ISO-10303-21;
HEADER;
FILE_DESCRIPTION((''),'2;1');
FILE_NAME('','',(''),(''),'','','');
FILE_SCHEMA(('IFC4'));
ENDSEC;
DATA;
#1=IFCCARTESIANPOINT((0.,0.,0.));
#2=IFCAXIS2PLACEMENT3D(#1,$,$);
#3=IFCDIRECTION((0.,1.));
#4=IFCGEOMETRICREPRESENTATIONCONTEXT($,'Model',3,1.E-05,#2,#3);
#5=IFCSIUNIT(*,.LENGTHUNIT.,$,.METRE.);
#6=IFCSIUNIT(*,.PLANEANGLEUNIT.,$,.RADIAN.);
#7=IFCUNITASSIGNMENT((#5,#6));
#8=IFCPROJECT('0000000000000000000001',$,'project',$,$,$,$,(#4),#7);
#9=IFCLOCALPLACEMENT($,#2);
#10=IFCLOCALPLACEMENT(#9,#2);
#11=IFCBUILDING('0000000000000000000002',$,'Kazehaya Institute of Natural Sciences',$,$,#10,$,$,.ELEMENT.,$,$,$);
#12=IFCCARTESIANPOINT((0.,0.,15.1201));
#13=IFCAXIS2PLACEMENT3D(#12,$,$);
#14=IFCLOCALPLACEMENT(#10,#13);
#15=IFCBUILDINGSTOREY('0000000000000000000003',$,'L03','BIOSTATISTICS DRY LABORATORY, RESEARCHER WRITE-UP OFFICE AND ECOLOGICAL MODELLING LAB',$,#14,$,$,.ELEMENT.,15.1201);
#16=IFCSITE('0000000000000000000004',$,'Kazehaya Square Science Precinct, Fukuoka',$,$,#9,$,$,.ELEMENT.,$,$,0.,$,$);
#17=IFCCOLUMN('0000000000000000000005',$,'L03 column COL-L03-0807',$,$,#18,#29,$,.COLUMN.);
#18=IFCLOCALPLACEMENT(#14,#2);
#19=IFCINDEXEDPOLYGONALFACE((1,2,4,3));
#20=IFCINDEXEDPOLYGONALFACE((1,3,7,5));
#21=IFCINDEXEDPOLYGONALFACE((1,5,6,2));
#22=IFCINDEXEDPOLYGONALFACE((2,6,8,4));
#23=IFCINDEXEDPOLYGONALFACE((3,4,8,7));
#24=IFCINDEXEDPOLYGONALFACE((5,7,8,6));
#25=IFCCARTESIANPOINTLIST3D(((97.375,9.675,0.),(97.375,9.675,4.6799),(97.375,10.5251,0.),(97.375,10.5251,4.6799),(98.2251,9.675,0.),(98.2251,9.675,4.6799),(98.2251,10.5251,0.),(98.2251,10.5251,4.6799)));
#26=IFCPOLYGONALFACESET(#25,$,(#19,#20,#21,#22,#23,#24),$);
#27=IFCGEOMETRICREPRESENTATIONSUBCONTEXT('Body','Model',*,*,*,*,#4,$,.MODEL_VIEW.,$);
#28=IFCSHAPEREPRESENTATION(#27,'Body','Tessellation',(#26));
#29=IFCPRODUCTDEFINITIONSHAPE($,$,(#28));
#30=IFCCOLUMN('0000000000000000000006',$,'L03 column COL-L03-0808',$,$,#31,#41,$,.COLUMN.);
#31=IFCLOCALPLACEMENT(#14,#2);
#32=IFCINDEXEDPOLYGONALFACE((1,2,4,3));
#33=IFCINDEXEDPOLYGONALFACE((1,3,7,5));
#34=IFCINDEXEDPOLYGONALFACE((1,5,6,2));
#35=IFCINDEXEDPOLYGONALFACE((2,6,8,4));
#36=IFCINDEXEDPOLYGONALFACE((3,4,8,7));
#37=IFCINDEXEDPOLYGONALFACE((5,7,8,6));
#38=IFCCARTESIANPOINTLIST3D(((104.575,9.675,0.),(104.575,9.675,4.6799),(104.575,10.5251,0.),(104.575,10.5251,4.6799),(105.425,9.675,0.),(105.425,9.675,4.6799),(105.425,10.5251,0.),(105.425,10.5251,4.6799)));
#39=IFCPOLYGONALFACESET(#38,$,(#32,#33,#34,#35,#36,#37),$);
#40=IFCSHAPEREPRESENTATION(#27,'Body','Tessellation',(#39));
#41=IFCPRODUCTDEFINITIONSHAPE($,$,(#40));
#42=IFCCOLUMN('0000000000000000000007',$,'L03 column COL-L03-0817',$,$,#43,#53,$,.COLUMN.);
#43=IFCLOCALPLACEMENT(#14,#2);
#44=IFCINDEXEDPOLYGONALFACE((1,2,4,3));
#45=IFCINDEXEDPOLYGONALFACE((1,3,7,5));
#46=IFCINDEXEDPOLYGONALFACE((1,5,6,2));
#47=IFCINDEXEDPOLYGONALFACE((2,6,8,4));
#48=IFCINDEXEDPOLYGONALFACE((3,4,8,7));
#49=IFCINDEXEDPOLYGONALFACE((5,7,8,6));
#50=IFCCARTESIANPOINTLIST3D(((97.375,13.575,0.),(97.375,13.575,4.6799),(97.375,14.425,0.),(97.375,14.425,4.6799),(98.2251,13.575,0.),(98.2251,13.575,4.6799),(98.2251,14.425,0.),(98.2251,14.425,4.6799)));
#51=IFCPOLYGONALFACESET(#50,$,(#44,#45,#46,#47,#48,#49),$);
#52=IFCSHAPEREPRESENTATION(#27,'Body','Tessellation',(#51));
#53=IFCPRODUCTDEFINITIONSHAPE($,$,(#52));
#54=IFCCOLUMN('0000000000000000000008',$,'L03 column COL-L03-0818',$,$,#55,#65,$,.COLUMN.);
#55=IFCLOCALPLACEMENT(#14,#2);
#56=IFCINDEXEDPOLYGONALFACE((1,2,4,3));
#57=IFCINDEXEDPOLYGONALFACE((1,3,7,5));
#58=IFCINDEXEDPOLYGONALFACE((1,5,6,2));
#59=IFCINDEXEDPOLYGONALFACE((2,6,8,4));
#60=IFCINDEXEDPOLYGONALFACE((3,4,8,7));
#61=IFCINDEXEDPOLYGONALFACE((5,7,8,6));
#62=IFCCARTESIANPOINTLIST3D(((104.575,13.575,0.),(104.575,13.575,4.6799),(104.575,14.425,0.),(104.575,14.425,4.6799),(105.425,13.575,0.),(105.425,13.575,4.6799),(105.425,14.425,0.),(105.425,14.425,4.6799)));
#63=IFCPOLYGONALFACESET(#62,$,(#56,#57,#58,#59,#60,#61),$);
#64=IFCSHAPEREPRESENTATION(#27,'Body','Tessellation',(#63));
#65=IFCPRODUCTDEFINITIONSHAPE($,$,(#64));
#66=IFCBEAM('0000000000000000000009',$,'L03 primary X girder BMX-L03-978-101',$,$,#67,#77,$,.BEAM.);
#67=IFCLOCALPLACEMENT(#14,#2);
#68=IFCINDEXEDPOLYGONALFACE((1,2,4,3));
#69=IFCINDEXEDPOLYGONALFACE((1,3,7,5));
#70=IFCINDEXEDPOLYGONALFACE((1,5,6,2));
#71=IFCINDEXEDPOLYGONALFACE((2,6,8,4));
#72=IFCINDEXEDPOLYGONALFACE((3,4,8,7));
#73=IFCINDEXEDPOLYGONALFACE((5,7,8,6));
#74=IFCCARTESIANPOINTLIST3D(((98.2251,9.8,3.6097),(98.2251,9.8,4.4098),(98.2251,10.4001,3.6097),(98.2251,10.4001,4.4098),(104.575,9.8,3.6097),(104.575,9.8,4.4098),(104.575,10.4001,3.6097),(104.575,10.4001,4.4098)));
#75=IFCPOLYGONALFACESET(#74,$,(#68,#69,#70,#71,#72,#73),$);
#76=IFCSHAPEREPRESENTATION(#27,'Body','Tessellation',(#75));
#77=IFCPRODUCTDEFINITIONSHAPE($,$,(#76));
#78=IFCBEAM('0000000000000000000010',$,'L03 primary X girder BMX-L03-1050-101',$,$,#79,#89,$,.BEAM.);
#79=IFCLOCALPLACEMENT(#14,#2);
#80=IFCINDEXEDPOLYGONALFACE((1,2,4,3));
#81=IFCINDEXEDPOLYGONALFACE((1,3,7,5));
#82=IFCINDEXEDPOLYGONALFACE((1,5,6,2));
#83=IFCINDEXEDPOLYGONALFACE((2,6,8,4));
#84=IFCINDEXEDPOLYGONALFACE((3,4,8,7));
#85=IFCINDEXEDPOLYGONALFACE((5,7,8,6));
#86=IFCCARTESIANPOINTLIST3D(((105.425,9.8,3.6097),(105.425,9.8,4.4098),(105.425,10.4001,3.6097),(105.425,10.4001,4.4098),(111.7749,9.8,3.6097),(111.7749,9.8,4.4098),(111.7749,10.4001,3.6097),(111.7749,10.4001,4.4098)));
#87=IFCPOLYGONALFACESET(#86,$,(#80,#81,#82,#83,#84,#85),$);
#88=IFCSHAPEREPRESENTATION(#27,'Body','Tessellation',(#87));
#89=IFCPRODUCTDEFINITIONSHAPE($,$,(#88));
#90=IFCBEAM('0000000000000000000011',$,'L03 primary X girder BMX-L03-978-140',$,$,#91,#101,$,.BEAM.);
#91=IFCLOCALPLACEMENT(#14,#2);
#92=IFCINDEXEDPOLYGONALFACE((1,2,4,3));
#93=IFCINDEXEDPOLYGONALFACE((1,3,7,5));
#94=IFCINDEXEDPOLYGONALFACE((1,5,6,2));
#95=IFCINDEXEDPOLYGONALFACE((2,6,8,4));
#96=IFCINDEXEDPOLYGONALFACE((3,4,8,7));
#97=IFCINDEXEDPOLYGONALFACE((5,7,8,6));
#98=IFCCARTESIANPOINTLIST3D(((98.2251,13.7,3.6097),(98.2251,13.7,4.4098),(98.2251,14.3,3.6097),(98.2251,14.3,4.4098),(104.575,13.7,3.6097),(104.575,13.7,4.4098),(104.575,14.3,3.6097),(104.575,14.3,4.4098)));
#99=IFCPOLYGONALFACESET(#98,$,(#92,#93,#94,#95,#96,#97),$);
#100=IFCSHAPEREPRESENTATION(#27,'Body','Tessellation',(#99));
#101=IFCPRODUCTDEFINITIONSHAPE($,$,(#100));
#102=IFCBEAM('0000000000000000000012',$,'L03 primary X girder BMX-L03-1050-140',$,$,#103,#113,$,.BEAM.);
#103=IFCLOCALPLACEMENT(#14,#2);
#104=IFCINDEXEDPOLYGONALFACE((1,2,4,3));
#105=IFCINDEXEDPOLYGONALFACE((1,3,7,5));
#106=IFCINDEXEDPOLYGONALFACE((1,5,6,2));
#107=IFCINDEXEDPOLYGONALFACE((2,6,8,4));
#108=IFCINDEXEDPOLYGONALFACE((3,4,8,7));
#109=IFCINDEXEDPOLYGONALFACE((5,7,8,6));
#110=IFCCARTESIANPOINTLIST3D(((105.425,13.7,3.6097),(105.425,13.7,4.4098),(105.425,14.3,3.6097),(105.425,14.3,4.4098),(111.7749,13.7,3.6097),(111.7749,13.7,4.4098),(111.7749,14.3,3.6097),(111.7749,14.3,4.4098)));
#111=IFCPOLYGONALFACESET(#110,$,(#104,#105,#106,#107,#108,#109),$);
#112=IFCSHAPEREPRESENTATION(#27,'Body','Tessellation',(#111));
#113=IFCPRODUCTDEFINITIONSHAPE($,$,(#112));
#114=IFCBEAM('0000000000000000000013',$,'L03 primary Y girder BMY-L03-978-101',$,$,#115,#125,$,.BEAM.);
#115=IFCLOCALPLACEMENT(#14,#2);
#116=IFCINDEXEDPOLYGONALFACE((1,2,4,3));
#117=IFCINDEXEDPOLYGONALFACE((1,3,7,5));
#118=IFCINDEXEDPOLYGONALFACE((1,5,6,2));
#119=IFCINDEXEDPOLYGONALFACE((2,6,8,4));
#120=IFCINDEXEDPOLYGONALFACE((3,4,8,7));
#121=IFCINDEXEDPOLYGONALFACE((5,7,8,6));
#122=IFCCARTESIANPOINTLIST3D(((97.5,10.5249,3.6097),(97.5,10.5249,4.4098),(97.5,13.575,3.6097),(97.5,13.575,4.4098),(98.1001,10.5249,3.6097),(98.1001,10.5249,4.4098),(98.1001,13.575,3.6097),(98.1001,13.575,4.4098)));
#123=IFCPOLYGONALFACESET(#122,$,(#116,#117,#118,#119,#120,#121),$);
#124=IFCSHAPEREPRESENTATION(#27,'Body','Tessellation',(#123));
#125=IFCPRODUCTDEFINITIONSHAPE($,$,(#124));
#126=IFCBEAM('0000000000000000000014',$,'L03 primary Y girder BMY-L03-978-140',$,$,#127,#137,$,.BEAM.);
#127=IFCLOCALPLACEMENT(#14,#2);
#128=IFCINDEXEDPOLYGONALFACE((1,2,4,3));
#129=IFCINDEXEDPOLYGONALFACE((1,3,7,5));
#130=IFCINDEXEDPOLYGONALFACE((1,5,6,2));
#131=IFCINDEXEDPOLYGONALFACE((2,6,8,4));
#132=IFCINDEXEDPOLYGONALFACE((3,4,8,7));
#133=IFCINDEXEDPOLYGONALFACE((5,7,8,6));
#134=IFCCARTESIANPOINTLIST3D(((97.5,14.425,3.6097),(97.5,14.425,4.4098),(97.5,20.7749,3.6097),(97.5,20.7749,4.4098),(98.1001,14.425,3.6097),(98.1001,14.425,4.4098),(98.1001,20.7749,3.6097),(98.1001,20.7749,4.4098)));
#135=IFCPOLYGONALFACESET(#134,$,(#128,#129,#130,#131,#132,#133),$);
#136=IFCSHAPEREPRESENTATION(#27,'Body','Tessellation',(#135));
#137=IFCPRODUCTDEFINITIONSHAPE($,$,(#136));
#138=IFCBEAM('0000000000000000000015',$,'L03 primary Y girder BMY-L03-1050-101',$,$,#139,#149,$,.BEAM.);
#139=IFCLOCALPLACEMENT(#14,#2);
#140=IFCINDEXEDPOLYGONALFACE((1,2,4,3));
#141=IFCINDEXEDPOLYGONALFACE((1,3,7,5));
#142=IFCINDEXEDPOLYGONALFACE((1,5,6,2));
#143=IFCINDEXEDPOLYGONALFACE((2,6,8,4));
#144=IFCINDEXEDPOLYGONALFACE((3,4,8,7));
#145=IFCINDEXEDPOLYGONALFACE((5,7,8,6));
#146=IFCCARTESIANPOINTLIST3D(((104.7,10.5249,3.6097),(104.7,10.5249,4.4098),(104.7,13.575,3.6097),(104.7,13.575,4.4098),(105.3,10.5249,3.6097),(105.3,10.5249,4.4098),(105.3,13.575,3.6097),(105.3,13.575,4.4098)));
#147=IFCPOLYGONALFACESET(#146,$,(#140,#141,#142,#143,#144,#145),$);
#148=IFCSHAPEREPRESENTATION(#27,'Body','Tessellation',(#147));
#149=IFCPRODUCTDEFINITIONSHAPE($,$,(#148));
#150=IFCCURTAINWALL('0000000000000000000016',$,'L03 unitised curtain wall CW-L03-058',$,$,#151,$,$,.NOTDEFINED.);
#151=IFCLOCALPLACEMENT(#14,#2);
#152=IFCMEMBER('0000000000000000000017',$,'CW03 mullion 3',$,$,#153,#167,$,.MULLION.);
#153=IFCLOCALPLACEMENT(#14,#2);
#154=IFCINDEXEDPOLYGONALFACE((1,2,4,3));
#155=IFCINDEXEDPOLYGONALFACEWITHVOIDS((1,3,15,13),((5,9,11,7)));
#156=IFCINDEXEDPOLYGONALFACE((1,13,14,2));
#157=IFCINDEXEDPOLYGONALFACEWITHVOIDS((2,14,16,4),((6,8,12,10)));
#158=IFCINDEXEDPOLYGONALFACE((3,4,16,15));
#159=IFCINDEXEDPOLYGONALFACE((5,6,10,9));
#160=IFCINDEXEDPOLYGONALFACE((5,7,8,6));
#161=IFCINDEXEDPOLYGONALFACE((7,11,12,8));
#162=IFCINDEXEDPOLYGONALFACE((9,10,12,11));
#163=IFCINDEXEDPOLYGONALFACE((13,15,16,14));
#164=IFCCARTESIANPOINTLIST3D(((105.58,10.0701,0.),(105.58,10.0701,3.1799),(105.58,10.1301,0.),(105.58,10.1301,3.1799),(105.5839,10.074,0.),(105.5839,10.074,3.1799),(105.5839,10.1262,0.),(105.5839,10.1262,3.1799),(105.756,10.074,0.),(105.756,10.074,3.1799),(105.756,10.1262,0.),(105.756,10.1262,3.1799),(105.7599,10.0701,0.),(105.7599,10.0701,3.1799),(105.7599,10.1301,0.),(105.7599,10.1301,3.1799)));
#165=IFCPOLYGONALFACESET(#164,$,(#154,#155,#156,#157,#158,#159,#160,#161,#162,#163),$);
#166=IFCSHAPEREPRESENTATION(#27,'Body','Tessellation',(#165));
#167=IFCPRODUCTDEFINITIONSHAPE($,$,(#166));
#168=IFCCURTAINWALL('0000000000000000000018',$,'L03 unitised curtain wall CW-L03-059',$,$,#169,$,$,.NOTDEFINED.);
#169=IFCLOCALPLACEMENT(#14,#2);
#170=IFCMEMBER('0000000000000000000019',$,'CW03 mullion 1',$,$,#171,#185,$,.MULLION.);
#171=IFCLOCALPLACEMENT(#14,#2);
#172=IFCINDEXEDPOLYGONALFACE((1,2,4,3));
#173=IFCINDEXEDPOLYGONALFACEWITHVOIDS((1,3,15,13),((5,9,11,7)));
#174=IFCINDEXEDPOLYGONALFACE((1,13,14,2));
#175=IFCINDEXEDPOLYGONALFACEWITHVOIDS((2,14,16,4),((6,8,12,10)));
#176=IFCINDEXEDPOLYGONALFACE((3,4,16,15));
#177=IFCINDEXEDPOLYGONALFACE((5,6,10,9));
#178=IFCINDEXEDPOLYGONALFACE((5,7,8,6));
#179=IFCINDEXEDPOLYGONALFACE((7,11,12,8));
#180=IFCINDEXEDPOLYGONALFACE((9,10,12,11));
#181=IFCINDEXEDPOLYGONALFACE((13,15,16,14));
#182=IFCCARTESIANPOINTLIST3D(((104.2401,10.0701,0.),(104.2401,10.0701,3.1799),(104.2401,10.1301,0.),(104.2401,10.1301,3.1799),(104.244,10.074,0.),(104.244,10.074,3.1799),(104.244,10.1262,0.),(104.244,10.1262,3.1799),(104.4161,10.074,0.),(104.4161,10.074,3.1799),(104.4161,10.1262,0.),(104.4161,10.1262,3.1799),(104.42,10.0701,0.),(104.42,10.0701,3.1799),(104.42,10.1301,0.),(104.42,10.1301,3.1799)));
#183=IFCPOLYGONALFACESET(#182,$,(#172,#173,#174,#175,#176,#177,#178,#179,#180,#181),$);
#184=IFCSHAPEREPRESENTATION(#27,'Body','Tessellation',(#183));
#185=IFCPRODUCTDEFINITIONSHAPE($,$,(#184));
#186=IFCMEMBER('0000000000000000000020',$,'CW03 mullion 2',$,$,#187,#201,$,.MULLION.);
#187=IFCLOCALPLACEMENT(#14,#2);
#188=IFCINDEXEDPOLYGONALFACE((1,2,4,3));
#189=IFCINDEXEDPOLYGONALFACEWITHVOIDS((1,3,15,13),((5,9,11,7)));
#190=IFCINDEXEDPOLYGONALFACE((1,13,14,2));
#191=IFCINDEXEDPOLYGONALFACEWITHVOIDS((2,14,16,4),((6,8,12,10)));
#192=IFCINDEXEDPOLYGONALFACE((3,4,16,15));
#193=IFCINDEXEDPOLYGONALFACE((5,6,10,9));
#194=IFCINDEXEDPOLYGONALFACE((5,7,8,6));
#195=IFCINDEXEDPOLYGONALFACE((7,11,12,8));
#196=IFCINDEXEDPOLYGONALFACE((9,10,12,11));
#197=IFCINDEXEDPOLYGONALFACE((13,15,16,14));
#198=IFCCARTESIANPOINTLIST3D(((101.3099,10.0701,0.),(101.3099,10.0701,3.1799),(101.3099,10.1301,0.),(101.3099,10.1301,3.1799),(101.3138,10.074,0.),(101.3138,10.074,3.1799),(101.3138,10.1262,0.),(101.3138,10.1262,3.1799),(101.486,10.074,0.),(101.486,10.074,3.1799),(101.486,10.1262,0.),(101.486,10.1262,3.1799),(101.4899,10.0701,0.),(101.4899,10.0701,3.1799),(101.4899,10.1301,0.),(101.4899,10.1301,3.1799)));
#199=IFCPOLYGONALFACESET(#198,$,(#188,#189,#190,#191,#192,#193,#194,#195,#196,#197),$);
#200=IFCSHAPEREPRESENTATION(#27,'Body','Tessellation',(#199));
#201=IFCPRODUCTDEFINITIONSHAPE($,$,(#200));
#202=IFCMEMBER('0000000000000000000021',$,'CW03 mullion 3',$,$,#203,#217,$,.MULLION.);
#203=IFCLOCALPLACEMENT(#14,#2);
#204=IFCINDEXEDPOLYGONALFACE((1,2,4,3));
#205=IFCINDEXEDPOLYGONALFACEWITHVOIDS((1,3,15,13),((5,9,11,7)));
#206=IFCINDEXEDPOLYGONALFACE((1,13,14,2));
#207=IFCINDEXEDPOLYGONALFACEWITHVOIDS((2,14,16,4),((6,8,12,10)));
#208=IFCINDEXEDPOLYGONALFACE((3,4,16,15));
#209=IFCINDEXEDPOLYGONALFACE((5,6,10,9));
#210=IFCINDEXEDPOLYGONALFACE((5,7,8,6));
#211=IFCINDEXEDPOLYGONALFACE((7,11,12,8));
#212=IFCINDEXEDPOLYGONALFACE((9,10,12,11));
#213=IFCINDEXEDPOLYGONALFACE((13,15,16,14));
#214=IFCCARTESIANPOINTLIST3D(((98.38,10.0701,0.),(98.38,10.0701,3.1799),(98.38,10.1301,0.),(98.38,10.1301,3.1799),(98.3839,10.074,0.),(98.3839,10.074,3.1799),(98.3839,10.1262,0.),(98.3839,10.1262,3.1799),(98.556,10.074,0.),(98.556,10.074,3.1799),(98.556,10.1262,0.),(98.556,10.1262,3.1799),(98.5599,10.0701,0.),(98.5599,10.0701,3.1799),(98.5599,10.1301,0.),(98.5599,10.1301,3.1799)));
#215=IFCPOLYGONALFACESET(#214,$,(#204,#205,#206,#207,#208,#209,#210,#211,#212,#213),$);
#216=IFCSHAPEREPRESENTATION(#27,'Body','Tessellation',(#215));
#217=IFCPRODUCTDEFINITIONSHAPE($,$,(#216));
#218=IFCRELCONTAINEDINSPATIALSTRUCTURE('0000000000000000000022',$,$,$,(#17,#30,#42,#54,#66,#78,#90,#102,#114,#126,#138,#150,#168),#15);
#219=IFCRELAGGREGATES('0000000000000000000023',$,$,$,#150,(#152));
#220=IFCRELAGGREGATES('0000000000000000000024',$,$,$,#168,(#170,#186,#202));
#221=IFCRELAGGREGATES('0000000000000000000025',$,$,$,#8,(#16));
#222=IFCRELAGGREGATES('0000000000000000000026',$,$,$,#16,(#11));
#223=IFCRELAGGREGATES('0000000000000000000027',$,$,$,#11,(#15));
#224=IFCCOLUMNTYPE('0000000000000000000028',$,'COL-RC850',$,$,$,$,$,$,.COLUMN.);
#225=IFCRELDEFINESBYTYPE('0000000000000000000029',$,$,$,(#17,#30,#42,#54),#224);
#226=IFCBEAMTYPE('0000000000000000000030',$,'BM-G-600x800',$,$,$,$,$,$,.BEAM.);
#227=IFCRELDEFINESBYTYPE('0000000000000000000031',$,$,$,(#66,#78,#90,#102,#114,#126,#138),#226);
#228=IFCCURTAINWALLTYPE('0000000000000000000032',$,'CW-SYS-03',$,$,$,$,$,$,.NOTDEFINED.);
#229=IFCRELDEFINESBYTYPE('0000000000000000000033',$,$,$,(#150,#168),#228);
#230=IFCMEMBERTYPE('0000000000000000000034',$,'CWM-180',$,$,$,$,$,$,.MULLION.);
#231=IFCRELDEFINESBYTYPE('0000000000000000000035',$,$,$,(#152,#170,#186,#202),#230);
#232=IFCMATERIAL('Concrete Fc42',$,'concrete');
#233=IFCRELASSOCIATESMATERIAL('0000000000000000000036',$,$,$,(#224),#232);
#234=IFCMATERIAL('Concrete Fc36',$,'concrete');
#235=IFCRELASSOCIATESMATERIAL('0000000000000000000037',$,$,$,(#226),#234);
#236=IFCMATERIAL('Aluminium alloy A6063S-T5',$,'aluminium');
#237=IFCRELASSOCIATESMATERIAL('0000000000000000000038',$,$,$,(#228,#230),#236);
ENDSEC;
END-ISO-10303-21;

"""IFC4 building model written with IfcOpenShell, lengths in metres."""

from ifc_helpers import new_model, si_unit, direction, frame, origin, origin_2d, place, context, subcontext, project, spatial, rectangle, hollow_rectangle, extrude, material, material_profile, profile_set, type_object, element, aggregate, save


model = new_model("IFC4")

# Units and contexts
model_context = context("Model", 3, precision=1e-05, world=origin(), true_north=direction((0.0, 1.0)))
body_context = subcontext(model_context, "Body", "Model", "MODEL_VIEW")
ifc_project = project(units=[si_unit("LENGTHUNIT", "METRE"), si_unit("PLANEANGLEUNIT", "RADIAN")], contexts=[model_context])

# Site, building, storey
site_placement = place(None, origin())
site = spatial("IfcSite", under=ifc_project, at=site_placement, Name="Kazehaya Square Science Precinct, Fukuoka", CompositionType="ELEMENT", RefElevation=0.0)
building_placement = place(site_placement, origin())
building = spatial("IfcBuilding", under=site, at=building_placement, Name="Kazehaya Institute of Natural Sciences", CompositionType="ELEMENT")
storey_placement = place(building_placement, frame((0.0, 0.0, 15.1201)))
storey = spatial("IfcBuildingStorey", under=building, at=storey_placement, Name="L03", Description="BIOSTATISTICS DRY LABORATORY, RESEARCHER WRITE-UP OFFICE AND ECOLOGICAL MODELLING LAB", CompositionType="ELEMENT", Elevation=15.1201)

# Columns
ifc_material_1 = material(Name="Concrete Fc42", Category="concrete")
ifc_material_profile_1 = material_profile(ifc_material_1, rectangle(XDim=0.8501, YDim=0.8501, at=origin_2d()), Name="RC-850x850")
ifc_profile_set_1 = profile_set([ifc_material_profile_1], Name="Concrete Fc42")
column_type = type_object("IfcColumnType", Name="COL-RC850", PredefinedType="COLUMN", material=ifc_profile_set_1)
for number, where, z_axis, x_axis, name in (
    (1, (97.8, 10.1001, 0.0), (0.0, 0.0, 1.0), (1.0, 0.0, 0.0), "L03 column COL-L03-0807"),
    (2, (105.0, 10.1001, 0.0), (0.0, 0.0, 1.0), (1.0, 0.0, 0.0), "L03 column COL-L03-0808"),
    (3, (97.8, 14.0, 0.0), (0.0, 0.0, 1.0), (1.0, 0.0, 0.0), "L03 column COL-L03-0817"),
    (4, (105.0, 14.0, 0.0), (0.0, 0.0, 1.0), (1.0, 0.0, 0.0), "L03 column COL-L03-0818"),
):
    element("IfcColumn", number, at=place(storey_placement, frame(where, z_axis=z_axis, x_axis=x_axis)), inside=storey, type_object=column_type, Name=name, PredefinedType="COLUMN", context=body_context, shape_type="SweptSolid", body=[
        extrude(rectangle(XDim=0.8501, YDim=0.8501, at=origin_2d()), origin(), (0.0, 0.0, 1.0), 4.6799),
    ])

# Beams
ifc_material_2 = material(Name="Concrete Fc36", Category="concrete")
ifc_material_profile_2 = material_profile(ifc_material_2, rectangle(XDim=0.6001, YDim=0.8, at=origin_2d()), Name="RC-600x800")
ifc_profile_set_2 = profile_set([ifc_material_profile_2], Name="Concrete Fc36")
beam_type = type_object("IfcBeamType", Name="BM-G-600x800", PredefinedType="BEAM", material=ifc_profile_set_2)
for number, where, z_axis, x_axis, name in (
    (5, (98.2251, 10.1001, 4.0098), (1.0, 0.0, 0.0), (0.0, 1.0, 0.0), "L03 primary X girder BMX-L03-978-101"),
    (6, (105.425, 10.1001, 4.0098), (1.0, 0.0, 0.0), (0.0, 1.0, 0.0), "L03 primary X girder BMX-L03-1050-101"),
    (7, (98.2251, 14.0, 4.0098), (1.0, 0.0, 0.0), (0.0, 1.0, 0.0), "L03 primary X girder BMX-L03-978-140"),
    (8, (105.425, 14.0, 4.0098), (1.0, 0.0, 0.0), (0.0, 1.0, 0.0), "L03 primary X girder BMX-L03-1050-140"),
):
    element("IfcBeam", number, at=place(storey_placement, frame(where, z_axis=z_axis, x_axis=x_axis)), inside=storey, type_object=beam_type, Name=name, PredefinedType="BEAM", context=body_context, shape_type="SweptSolid", body=[
        extrude(rectangle(XDim=0.6001, YDim=0.8, at=origin_2d()), origin(), (0.0, 0.0, 1.0), 6.3499),
    ])
beam_1_placement = place(storey_placement, frame((97.8, 10.5249, 4.0098), z_axis=(0.0, 1.0, 0.0), x_axis=(-1.0, 0.0, 0.0)))
element("IfcBeam", 9, at=beam_1_placement, inside=storey, type_object=beam_type, Name="L03 primary Y girder BMY-L03-978-101", PredefinedType="BEAM", context=body_context, shape_type="SweptSolid", body=[
    extrude(rectangle(XDim=0.6001, YDim=0.8, at=origin_2d()), origin(), (0.0, 0.0, 1.0), 3.05),
])
beam_2_placement = place(storey_placement, frame((97.8, 14.425, 4.0098), z_axis=(0.0, 1.0, 0.0), x_axis=(-1.0, 0.0, 0.0)))
element("IfcBeam", 10, at=beam_2_placement, inside=storey, type_object=beam_type, Name="L03 primary Y girder BMY-L03-978-140", PredefinedType="BEAM", context=body_context, shape_type="SweptSolid", body=[
    extrude(rectangle(XDim=0.6001, YDim=0.8, at=origin_2d()), origin(), (0.0, 0.0, 1.0), 6.3499),
])
beam_3_placement = place(storey_placement, frame((105.0, 10.5249, 4.0098), z_axis=(0.0, 1.0, 0.0), x_axis=(-1.0, 0.0, 0.0)))
element("IfcBeam", 11, at=beam_3_placement, inside=storey, type_object=beam_type, Name="L03 primary Y girder BMY-L03-1050-101", PredefinedType="BEAM", context=body_context, shape_type="SweptSolid", body=[
    extrude(rectangle(XDim=0.6001, YDim=0.8, at=origin_2d()), origin(), (0.0, 0.0, 1.0), 3.05),
])

# Curtain wall, member
ifc_material_3 = material(Name="Aluminium alloy A6063S-T5", Category="aluminium")
curtain_wall_type = type_object("IfcCurtainWallType", Name="CW-SYS-03", PredefinedType="NOTDEFINED", material=ifc_material_3)
curtain_wall_1_placement = place(storey_placement, origin())
curtain_wall_1 = element("IfcCurtainWall", 12, at=curtain_wall_1_placement, inside=storey, type_object=curtain_wall_type, Name="L03 unitised curtain wall CW-L03-058", PredefinedType="NOTDEFINED")
ifc_material_profile_3 = material_profile(ifc_material_3, hollow_rectangle(XDim=0.0601, YDim=0.1799, WallThickness=0.0039, at=origin_2d()), Name="ALU-60x180x4")
ifc_profile_set_3 = profile_set([ifc_material_profile_3], Name="Aluminium alloy A6063S-T5")
member_type_1 = type_object("IfcMemberType", Name="CWM-180", PredefinedType="MULLION", material=ifc_profile_set_3)
member_1_placement = place(storey_placement, frame((105.6699, 10.1001, 0.0), z_axis=(0.0, 0.0, 1.0), x_axis=(0.0, -1.0, 0.0)))
member_1 = element("IfcMember", 13, at=member_1_placement, type_object=member_type_1, Name="CW03 mullion 3", PredefinedType="MULLION", context=body_context, shape_type="SweptSolid", body=[
    extrude(hollow_rectangle(XDim=0.0601, YDim=0.1799, WallThickness=0.0039, at=origin_2d()), origin(), (0.0, 0.0, 1.0), 3.1799),
])
aggregate(curtain_wall_1, [member_1])

# Curtain wall, members
curtain_wall_2_placement = place(storey_placement, origin())
curtain_wall_2 = element("IfcCurtainWall", 14, at=curtain_wall_2_placement, inside=storey, type_object=curtain_wall_type, Name="L03 unitised curtain wall CW-L03-059", PredefinedType="NOTDEFINED")
member_2_placement = place(storey_placement, frame((104.3301, 10.1001, 0.0), z_axis=(0.0, 0.0, 1.0), x_axis=(0.0, -1.0, 0.0)))
member_2 = element("IfcMember", 15, at=member_2_placement, type_object=member_type_1, Name="CW03 mullion 1", PredefinedType="MULLION", context=body_context, shape_type="SweptSolid", body=[
    extrude(hollow_rectangle(XDim=0.0601, YDim=0.1799, WallThickness=0.0039, at=origin_2d()), origin(), (0.0, 0.0, 1.0), 3.1799),
])
member_3_placement = place(storey_placement, frame((101.3999, 10.1001, 0.0), z_axis=(0.0, 0.0, 1.0), x_axis=(0.0, -1.0, 0.0)))
member_3 = element("IfcMember", 16, at=member_3_placement, type_object=member_type_1, Name="CW03 mullion 2", PredefinedType="MULLION", context=body_context, shape_type="SweptSolid", body=[
    extrude(hollow_rectangle(XDim=0.0601, YDim=0.1799, WallThickness=0.0039, at=origin_2d()), origin(), (0.0, 0.0, 1.0), 3.1799),
])
member_4_placement = place(storey_placement, frame((98.47, 10.1001, 0.0), z_axis=(0.0, 0.0, 1.0), x_axis=(0.0, -1.0, 0.0)))
member_4 = element("IfcMember", 17, at=member_4_placement, type_object=member_type_1, Name="CW03 mullion 3", PredefinedType="MULLION", context=body_context, shape_type="SweptSolid", body=[
    extrude(hollow_rectangle(XDim=0.0601, YDim=0.1799, WallThickness=0.0039, at=origin_2d()), origin(), (0.0, 0.0, 1.0), 3.1799),
])

aggregate(curtain_wall_2, [member_2, member_3, member_4])

save(model, "model.ifc")
